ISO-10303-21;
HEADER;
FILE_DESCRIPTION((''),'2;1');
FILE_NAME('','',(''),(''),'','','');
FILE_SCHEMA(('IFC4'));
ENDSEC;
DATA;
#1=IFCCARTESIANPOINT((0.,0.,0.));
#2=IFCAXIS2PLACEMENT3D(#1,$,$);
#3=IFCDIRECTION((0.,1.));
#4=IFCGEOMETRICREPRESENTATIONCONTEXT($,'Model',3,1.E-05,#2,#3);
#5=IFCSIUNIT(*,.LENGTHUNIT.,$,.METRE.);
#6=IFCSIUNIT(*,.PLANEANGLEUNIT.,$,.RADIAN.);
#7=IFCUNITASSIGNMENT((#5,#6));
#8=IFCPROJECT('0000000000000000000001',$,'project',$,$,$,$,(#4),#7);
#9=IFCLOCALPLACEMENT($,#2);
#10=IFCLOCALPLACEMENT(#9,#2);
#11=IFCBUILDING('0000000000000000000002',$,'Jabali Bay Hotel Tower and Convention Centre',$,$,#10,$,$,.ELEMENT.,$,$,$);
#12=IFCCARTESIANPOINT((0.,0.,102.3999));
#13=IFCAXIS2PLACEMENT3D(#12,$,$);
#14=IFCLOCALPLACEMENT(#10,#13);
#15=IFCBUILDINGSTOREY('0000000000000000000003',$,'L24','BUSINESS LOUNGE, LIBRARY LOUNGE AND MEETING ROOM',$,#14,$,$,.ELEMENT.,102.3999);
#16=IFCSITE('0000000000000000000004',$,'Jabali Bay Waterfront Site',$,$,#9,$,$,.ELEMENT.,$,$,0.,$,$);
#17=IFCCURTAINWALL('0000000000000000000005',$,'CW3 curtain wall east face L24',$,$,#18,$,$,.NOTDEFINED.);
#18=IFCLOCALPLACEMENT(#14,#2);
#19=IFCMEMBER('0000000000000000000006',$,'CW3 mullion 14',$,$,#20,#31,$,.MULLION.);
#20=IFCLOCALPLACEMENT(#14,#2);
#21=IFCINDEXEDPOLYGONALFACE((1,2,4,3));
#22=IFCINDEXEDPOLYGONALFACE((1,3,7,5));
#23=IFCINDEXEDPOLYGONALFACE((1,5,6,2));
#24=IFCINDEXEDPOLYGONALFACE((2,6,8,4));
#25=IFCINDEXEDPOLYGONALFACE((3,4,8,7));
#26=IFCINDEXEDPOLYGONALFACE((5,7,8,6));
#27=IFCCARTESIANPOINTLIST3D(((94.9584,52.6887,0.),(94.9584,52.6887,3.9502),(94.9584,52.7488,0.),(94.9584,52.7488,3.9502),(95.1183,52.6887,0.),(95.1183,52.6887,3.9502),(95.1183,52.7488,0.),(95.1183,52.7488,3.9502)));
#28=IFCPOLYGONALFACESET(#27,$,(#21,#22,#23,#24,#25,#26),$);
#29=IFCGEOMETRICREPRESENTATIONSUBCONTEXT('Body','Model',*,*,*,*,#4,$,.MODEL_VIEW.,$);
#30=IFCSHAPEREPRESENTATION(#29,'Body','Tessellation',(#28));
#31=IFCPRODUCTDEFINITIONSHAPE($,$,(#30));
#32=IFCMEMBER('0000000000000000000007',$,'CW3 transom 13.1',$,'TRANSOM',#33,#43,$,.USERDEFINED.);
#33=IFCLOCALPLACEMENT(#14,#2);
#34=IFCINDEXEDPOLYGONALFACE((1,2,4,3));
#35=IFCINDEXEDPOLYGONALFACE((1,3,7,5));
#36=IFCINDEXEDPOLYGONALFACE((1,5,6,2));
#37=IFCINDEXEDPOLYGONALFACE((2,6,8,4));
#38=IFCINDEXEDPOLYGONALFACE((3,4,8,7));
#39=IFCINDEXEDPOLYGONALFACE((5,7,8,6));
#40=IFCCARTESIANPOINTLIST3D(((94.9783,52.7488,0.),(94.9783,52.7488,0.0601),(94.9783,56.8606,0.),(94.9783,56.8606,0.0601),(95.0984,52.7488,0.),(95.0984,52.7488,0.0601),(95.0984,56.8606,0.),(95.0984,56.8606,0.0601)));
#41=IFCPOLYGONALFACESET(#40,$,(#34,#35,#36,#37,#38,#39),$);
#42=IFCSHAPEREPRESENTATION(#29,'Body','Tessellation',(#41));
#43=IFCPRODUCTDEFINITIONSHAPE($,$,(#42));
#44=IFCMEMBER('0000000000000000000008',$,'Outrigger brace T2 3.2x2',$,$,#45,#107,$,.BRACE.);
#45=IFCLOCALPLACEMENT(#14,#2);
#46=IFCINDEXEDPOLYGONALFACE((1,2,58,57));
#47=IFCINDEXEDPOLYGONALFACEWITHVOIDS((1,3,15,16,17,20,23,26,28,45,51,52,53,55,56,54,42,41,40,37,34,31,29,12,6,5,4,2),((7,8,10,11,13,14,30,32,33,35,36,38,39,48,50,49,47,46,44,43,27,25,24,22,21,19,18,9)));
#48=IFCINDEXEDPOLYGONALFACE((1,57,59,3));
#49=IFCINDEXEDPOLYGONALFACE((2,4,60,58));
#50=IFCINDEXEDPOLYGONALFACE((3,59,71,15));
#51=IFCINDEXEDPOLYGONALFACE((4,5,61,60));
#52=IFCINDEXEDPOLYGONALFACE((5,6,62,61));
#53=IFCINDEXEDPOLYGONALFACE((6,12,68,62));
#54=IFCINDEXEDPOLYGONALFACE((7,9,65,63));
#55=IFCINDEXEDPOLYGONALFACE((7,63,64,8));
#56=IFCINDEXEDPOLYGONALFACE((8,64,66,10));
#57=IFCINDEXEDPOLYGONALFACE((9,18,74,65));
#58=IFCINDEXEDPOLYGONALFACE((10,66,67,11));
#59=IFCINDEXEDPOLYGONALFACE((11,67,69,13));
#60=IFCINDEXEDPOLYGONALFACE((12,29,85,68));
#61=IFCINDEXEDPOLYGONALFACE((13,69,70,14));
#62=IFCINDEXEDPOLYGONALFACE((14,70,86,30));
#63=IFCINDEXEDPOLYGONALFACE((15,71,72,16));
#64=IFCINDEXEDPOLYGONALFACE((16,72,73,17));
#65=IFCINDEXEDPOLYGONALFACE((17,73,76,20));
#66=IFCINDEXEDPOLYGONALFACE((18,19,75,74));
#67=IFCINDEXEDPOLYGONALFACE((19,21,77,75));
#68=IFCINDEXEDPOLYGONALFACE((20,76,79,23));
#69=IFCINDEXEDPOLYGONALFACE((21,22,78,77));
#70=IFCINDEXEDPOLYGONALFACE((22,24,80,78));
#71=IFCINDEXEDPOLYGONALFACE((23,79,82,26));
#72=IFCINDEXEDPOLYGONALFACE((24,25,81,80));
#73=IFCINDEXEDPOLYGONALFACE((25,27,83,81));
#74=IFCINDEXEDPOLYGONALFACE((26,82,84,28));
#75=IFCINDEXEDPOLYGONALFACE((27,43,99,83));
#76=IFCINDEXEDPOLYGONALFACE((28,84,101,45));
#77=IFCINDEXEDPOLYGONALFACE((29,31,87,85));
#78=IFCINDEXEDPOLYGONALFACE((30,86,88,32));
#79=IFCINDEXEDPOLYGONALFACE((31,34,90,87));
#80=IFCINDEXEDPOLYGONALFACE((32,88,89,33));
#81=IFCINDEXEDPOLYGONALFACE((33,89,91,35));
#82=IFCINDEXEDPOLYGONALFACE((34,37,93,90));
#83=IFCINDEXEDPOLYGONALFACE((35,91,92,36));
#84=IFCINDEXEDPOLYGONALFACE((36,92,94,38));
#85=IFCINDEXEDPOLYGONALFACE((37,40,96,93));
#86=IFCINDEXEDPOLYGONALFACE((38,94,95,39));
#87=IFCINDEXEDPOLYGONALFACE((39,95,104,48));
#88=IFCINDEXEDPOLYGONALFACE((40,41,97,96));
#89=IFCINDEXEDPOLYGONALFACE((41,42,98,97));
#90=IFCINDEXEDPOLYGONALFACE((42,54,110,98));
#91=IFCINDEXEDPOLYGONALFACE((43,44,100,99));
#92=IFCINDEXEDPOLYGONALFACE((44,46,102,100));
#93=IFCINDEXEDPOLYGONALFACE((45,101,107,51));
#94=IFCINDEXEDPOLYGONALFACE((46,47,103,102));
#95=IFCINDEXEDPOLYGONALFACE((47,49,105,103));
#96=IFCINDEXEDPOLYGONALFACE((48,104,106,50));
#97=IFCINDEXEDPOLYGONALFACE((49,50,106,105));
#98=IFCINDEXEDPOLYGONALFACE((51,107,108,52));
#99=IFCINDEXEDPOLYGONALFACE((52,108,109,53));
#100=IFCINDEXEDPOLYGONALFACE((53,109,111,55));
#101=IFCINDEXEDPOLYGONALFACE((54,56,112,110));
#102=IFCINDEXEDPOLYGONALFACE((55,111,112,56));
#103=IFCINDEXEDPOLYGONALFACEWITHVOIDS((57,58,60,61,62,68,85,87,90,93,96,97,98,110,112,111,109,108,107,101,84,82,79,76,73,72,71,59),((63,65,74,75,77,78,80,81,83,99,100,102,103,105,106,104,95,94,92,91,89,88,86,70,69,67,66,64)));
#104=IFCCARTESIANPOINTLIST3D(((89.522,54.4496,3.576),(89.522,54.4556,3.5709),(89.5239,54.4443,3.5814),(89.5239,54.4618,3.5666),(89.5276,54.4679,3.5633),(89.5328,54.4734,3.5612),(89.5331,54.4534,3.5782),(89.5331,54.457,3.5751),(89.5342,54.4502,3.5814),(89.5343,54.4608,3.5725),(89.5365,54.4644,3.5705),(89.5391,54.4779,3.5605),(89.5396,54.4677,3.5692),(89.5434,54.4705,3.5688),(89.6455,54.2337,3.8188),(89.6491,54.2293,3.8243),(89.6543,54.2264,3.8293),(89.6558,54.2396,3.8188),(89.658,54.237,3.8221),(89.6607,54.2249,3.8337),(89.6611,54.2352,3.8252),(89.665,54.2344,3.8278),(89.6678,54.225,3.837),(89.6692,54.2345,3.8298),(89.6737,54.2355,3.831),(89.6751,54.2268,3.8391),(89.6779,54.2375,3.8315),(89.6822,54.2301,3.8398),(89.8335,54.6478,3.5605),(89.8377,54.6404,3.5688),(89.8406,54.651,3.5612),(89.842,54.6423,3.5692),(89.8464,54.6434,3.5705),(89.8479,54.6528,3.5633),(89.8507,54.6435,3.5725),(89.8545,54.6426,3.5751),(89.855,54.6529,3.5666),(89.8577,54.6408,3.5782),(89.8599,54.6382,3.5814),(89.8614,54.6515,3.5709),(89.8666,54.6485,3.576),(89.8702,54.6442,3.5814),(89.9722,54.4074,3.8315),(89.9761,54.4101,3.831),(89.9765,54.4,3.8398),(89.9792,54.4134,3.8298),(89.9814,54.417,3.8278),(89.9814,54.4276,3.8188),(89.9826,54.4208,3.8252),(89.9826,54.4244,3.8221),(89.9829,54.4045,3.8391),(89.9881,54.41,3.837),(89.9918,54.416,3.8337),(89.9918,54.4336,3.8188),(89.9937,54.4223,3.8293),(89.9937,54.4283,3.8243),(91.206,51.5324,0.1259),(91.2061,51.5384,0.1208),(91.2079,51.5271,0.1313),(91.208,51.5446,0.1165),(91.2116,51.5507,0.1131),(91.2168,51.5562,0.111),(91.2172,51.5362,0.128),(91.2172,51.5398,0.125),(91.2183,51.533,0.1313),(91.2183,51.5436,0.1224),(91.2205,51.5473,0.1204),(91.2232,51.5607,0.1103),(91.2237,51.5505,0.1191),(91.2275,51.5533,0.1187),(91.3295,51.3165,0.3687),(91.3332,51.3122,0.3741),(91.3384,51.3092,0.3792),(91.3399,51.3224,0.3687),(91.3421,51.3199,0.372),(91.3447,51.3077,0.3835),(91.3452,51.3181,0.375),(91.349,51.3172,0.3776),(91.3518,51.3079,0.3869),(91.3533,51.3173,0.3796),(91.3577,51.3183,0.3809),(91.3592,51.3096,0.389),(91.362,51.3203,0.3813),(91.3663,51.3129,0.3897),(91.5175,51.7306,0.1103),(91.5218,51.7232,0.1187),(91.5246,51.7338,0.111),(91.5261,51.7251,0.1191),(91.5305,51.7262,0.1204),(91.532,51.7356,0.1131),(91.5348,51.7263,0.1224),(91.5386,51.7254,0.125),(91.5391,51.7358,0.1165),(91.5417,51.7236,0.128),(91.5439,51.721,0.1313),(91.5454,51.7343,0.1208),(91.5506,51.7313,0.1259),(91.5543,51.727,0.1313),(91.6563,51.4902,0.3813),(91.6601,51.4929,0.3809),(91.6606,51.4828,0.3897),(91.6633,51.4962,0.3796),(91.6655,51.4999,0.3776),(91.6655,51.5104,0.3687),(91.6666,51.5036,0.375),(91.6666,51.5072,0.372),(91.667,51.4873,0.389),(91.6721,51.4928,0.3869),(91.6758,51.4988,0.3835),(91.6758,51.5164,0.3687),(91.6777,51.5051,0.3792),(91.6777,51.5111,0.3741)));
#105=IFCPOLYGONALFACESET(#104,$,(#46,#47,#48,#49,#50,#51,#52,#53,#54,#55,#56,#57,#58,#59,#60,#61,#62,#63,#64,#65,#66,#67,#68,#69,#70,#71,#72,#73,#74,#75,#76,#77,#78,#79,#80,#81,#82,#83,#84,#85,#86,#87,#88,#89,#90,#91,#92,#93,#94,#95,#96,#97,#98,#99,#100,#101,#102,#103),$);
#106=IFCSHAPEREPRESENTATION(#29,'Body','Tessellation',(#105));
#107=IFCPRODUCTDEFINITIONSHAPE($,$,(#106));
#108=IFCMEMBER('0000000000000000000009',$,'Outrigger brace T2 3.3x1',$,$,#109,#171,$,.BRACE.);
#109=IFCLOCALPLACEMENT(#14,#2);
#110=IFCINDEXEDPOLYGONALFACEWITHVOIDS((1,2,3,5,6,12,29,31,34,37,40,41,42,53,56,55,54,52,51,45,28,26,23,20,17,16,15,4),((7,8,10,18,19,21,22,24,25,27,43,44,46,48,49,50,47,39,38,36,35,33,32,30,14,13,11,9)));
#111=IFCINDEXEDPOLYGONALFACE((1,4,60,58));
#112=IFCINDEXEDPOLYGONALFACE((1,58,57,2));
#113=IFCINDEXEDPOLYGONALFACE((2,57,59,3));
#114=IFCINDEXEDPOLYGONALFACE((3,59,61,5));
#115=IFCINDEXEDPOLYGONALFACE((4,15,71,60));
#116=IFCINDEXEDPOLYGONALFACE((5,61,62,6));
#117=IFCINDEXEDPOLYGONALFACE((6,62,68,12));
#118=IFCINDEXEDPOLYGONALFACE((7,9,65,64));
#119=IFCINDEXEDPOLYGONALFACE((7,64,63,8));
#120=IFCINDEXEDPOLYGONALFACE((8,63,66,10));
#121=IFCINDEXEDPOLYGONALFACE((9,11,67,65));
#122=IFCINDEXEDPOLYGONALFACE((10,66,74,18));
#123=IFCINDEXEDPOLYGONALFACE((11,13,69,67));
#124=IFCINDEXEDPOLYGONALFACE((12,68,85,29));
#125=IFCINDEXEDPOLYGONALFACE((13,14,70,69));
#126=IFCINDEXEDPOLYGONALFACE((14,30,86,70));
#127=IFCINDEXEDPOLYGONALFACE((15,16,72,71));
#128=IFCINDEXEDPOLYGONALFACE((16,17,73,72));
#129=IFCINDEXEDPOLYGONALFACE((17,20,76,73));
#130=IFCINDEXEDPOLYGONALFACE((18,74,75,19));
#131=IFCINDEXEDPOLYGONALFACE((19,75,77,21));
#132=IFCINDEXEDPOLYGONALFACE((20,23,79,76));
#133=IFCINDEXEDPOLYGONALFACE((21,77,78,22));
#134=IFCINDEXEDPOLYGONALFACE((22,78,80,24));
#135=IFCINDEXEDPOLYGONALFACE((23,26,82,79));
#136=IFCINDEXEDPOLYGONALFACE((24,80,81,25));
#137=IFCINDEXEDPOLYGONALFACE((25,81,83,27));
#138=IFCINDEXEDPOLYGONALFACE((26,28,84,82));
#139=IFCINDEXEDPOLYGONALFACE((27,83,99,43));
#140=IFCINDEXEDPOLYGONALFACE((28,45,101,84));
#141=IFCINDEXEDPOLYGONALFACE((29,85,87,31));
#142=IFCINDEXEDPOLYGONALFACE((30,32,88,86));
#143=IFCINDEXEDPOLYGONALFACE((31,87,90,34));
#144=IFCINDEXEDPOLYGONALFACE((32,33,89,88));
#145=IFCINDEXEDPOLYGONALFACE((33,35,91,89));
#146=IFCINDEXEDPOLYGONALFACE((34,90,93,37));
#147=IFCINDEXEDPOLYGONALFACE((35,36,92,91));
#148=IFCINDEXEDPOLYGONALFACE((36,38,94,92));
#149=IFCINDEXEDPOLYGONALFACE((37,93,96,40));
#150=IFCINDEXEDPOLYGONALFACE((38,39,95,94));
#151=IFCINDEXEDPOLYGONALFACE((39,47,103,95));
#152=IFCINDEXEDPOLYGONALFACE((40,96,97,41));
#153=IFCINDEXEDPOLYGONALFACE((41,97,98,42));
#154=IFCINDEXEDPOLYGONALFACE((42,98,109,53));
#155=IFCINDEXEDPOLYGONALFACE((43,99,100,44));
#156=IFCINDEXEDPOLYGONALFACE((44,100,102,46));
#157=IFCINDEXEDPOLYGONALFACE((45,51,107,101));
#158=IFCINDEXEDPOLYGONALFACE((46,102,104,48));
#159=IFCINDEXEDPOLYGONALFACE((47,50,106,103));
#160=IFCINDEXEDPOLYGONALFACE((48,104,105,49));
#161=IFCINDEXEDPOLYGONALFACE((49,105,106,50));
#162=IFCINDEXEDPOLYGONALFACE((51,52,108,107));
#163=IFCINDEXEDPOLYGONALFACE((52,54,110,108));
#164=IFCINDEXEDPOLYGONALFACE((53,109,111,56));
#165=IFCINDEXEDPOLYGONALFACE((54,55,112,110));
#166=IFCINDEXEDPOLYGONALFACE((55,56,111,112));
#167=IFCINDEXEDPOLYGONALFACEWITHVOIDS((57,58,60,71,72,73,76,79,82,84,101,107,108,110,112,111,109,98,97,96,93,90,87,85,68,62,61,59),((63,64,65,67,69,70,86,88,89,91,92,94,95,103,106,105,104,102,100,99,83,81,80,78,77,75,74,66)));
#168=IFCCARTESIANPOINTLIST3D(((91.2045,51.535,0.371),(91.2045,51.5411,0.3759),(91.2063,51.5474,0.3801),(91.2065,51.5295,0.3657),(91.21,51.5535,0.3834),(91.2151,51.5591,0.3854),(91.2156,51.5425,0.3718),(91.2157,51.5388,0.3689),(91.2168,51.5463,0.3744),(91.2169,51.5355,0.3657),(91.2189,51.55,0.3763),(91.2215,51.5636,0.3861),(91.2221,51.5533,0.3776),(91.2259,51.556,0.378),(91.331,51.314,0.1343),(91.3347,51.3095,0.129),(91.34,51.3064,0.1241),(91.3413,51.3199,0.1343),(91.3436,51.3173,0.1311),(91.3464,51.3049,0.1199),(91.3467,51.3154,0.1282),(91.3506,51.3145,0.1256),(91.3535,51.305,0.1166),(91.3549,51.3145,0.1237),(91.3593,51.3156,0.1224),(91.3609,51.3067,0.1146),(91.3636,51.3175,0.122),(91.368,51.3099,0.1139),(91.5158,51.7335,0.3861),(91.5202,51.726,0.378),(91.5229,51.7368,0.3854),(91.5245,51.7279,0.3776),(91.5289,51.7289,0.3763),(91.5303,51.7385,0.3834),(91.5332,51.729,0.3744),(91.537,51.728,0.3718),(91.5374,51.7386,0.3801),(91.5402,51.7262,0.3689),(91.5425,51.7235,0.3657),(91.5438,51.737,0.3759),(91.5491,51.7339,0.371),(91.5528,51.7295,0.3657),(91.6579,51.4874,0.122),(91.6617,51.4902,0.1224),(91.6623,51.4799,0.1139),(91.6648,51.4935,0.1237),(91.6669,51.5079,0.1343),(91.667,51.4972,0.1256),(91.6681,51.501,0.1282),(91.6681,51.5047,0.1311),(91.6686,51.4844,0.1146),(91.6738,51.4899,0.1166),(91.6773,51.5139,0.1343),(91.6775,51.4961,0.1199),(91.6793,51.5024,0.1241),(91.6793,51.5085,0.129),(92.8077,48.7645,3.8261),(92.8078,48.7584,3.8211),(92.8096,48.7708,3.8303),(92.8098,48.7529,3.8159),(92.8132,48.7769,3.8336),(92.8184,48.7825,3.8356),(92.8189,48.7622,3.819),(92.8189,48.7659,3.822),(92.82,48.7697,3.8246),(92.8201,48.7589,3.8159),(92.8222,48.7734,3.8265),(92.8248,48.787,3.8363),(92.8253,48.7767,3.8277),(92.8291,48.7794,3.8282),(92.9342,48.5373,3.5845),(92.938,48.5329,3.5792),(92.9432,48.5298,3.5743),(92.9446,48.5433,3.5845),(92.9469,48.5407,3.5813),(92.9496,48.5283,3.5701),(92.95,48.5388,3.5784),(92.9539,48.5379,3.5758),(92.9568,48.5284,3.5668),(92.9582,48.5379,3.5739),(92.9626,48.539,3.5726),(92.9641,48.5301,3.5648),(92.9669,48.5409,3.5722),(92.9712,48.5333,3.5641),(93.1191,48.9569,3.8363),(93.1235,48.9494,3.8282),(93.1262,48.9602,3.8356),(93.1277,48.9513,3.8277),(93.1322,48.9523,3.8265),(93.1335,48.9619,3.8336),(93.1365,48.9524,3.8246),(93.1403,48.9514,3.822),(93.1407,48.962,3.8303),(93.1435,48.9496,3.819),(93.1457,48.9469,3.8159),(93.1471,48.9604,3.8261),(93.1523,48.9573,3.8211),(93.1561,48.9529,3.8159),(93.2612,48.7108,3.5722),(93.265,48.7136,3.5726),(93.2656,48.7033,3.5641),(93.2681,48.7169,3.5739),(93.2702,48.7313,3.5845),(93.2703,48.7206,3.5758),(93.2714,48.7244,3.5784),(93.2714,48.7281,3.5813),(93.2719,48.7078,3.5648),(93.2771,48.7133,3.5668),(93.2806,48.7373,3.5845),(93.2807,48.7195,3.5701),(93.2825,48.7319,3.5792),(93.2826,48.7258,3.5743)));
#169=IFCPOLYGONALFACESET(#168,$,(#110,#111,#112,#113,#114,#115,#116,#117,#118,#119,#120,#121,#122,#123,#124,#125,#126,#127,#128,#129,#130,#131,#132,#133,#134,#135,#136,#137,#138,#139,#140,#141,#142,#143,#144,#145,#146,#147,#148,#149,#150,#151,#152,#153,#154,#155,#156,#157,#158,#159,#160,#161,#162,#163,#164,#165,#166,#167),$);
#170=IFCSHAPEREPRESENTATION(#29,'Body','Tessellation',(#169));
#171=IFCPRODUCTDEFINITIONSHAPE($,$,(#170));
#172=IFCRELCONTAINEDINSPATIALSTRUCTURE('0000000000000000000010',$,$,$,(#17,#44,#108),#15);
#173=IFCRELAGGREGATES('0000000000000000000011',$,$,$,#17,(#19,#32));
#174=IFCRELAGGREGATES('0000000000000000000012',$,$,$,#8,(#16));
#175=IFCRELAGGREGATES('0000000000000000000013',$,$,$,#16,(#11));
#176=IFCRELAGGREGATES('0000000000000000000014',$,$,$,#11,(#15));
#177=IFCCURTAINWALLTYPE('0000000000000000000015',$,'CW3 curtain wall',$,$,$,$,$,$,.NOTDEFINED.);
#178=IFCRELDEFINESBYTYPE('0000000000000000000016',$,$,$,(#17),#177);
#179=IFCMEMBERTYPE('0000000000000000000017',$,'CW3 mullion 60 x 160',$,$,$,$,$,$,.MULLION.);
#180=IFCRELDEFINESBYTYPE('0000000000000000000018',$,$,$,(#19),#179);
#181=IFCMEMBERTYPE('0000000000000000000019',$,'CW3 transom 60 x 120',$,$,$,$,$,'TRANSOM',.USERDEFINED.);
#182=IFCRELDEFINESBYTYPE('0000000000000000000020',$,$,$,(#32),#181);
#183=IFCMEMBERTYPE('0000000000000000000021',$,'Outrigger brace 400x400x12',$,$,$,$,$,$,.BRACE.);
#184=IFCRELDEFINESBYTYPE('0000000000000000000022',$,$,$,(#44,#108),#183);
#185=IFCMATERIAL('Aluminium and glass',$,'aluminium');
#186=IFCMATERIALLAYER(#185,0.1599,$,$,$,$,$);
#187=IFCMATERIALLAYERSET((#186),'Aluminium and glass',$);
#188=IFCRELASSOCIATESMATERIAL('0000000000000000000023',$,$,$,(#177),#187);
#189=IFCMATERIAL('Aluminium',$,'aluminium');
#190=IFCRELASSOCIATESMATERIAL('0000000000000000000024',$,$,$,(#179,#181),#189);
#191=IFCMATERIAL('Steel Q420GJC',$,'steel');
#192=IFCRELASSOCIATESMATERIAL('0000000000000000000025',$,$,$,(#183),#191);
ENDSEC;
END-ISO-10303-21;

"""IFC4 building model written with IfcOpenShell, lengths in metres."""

from ifc_helpers import new_model, si_unit, direction, frame, origin, origin_2d, place, context, subcontext, project, spatial, rectangle, hollow_rectangle, extrude, material, layer, layer_set, material_profile, profile_set, type_object, element, aggregate, save


model = new_model("IFC4")

# Units and contexts
model_context = context("Model", 3, precision=1e-05, world=origin(), true_north=direction((0.0, 1.0)))
body_context = subcontext(model_context, "Body", "Model", "MODEL_VIEW")
ifc_project = project(units=[si_unit("LENGTHUNIT", "METRE"), si_unit("PLANEANGLEUNIT", "RADIAN")], contexts=[model_context])

# Site, building, storey
site_placement = place(None, origin())
site = spatial("IfcSite", under=ifc_project, at=site_placement, Name="Jabali Bay Waterfront Site", CompositionType="ELEMENT", RefElevation=0.0)
building_placement = place(site_placement, origin())
building = spatial("IfcBuilding", under=site, at=building_placement, Name="Jabali Bay Hotel Tower and Convention Centre", CompositionType="ELEMENT")
storey_placement = place(building_placement, frame((0.0, 0.0, 102.3999)))
storey = spatial("IfcBuildingStorey", under=building, at=storey_placement, Name="L24", Description="BUSINESS LOUNGE, LIBRARY LOUNGE AND MEETING ROOM", CompositionType="ELEMENT", Elevation=102.3999)

# Shared definitions
ifc_material_1 = material(Name="Steel Q420GJC", Category="steel")

# Curtain wall, members
ifc_material_2 = material(Name="Aluminium and glass", Category="aluminium")
ifc_layer_1 = layer(ifc_material_2, 0.1599)
ifc_layer_set_1 = layer_set([ifc_layer_1], Name="Aluminium and glass")
curtain_wall_type = type_object("IfcCurtainWallType", Name="CW3 curtain wall", PredefinedType="NOTDEFINED", material=ifc_layer_set_1)
curtain_wall_placement = place(storey_placement, origin())
curtain_wall = element("IfcCurtainWall", 1, at=curtain_wall_placement, inside=storey, type_object=curtain_wall_type, Name="CW3 curtain wall east face L24", PredefinedType="NOTDEFINED")
ifc_material_3 = material(Name="Aluminium", Category="aluminium")
ifc_material_profile_1 = material_profile(ifc_material_3, rectangle(XDim=0.1599, YDim=0.0601, at=origin_2d()), Name="CW3 mullion 60 x 160")
ifc_profile_set_1 = profile_set([ifc_material_profile_1], Name="Aluminium")
member_type_1 = type_object("IfcMemberType", Name="CW3 mullion 60 x 160", PredefinedType="MULLION", material=ifc_profile_set_1)
member_1_placement = place(storey_placement, frame((95.0383, 52.7188, 0.0), z_axis=(0.0, 0.0, 1.0), x_axis=(1.0, 0.0, 0.0)))
member_1 = element("IfcMember", 2, at=member_1_placement, type_object=member_type_1, Name="CW3 mullion 14", PredefinedType="MULLION", context=body_context, shape_type="SweptSolid", body=[
    extrude(rectangle(XDim=0.1599, YDim=0.0601, at=origin_2d()), origin(), (0.0, 0.0, 1.0), 3.9502),
])
ifc_material_profile_2 = material_profile(ifc_material_3, rectangle(XDim=0.1201, YDim=0.0601, at=origin_2d()), Name="CW3 transom 60 x 120")
ifc_profile_set_2 = profile_set([ifc_material_profile_2], Name="Aluminium")
member_type_2 = type_object("IfcMemberType", Name="CW3 transom 60 x 120", ElementType="TRANSOM", PredefinedType="USERDEFINED", material=ifc_profile_set_2)
member_2_placement = place(storey_placement, frame((95.0383, 56.8606, 0.03), z_axis=(0.0, -1.0, 0.0), x_axis=(1.0, 0.0, 0.0)))
member_2 = element("IfcMember", 3, at=member_2_placement, type_object=member_type_2, Name="CW3 transom 13.1", ObjectType="TRANSOM", PredefinedType="USERDEFINED", context=body_context, shape_type="SweptSolid", body=[
    extrude(rectangle(XDim=0.1201, YDim=0.0601, at=origin_2d()), origin(), (0.0, 0.0, 1.0), 4.1118),
])

# Members
ifc_material_profile_3 = material_profile(ifc_material_1, hollow_rectangle(XDim=0.3999, YDim=0.3999, WallThickness=0.012, InnerFilletRadius=0.0181, OuterFilletRadius=0.03, at=origin_2d()), Name="Outrigger brace 400x400x12")
ifc_profile_set_3 = profile_set([ifc_material_profile_3], Name="Steel Q420GJC")
member_type_3 = type_object("IfcMemberType", Name="Outrigger brace 400x400x12", PredefinedType="BRACE", material=ifc_profile_set_3)
member_3_placement = place(storey_placement, frame((91.4419, 51.5217, 0.25), z_axis=(-0.34926, 0.605003, 0.715533), x_axis=(-0.866049, -0.499959, 0.0)))
element("IfcMember", 4, at=member_3_placement, inside=storey, type_object=member_type_3, Name="Outrigger brace T2 3.2x2", PredefinedType="BRACE", context=body_context, shape_type="SweptSolid", body=[
    extrude(hollow_rectangle(XDim=0.3999, YDim=0.3999, WallThickness=0.012, InnerFilletRadius=0.0181, OuterFilletRadius=0.03, at=origin_2d()), origin(), (0.0, 0.0, 1.0), 4.8218),
])
member_4_placement = place(storey_placement, frame((91.4419, 51.5217, 0.25), z_axis=(0.340399, -0.589517, 0.732529), x_axis=(0.865999, 0.500045, 0.0)))
element("IfcMember", 5, at=member_4_placement, inside=storey, type_object=member_type_3, Name="Outrigger brace T2 3.3x1", PredefinedType="BRACE", context=body_context, shape_type="SweptSolid", body=[
    extrude(hollow_rectangle(XDim=0.3999, YDim=0.3999, WallThickness=0.012, InnerFilletRadius=0.0181, OuterFilletRadius=0.03, at=origin_2d()), origin(), (0.0, 0.0, 1.0), 4.71),
])

aggregate(curtain_wall, [member_1, member_2])

save(model, "model.ifc")
